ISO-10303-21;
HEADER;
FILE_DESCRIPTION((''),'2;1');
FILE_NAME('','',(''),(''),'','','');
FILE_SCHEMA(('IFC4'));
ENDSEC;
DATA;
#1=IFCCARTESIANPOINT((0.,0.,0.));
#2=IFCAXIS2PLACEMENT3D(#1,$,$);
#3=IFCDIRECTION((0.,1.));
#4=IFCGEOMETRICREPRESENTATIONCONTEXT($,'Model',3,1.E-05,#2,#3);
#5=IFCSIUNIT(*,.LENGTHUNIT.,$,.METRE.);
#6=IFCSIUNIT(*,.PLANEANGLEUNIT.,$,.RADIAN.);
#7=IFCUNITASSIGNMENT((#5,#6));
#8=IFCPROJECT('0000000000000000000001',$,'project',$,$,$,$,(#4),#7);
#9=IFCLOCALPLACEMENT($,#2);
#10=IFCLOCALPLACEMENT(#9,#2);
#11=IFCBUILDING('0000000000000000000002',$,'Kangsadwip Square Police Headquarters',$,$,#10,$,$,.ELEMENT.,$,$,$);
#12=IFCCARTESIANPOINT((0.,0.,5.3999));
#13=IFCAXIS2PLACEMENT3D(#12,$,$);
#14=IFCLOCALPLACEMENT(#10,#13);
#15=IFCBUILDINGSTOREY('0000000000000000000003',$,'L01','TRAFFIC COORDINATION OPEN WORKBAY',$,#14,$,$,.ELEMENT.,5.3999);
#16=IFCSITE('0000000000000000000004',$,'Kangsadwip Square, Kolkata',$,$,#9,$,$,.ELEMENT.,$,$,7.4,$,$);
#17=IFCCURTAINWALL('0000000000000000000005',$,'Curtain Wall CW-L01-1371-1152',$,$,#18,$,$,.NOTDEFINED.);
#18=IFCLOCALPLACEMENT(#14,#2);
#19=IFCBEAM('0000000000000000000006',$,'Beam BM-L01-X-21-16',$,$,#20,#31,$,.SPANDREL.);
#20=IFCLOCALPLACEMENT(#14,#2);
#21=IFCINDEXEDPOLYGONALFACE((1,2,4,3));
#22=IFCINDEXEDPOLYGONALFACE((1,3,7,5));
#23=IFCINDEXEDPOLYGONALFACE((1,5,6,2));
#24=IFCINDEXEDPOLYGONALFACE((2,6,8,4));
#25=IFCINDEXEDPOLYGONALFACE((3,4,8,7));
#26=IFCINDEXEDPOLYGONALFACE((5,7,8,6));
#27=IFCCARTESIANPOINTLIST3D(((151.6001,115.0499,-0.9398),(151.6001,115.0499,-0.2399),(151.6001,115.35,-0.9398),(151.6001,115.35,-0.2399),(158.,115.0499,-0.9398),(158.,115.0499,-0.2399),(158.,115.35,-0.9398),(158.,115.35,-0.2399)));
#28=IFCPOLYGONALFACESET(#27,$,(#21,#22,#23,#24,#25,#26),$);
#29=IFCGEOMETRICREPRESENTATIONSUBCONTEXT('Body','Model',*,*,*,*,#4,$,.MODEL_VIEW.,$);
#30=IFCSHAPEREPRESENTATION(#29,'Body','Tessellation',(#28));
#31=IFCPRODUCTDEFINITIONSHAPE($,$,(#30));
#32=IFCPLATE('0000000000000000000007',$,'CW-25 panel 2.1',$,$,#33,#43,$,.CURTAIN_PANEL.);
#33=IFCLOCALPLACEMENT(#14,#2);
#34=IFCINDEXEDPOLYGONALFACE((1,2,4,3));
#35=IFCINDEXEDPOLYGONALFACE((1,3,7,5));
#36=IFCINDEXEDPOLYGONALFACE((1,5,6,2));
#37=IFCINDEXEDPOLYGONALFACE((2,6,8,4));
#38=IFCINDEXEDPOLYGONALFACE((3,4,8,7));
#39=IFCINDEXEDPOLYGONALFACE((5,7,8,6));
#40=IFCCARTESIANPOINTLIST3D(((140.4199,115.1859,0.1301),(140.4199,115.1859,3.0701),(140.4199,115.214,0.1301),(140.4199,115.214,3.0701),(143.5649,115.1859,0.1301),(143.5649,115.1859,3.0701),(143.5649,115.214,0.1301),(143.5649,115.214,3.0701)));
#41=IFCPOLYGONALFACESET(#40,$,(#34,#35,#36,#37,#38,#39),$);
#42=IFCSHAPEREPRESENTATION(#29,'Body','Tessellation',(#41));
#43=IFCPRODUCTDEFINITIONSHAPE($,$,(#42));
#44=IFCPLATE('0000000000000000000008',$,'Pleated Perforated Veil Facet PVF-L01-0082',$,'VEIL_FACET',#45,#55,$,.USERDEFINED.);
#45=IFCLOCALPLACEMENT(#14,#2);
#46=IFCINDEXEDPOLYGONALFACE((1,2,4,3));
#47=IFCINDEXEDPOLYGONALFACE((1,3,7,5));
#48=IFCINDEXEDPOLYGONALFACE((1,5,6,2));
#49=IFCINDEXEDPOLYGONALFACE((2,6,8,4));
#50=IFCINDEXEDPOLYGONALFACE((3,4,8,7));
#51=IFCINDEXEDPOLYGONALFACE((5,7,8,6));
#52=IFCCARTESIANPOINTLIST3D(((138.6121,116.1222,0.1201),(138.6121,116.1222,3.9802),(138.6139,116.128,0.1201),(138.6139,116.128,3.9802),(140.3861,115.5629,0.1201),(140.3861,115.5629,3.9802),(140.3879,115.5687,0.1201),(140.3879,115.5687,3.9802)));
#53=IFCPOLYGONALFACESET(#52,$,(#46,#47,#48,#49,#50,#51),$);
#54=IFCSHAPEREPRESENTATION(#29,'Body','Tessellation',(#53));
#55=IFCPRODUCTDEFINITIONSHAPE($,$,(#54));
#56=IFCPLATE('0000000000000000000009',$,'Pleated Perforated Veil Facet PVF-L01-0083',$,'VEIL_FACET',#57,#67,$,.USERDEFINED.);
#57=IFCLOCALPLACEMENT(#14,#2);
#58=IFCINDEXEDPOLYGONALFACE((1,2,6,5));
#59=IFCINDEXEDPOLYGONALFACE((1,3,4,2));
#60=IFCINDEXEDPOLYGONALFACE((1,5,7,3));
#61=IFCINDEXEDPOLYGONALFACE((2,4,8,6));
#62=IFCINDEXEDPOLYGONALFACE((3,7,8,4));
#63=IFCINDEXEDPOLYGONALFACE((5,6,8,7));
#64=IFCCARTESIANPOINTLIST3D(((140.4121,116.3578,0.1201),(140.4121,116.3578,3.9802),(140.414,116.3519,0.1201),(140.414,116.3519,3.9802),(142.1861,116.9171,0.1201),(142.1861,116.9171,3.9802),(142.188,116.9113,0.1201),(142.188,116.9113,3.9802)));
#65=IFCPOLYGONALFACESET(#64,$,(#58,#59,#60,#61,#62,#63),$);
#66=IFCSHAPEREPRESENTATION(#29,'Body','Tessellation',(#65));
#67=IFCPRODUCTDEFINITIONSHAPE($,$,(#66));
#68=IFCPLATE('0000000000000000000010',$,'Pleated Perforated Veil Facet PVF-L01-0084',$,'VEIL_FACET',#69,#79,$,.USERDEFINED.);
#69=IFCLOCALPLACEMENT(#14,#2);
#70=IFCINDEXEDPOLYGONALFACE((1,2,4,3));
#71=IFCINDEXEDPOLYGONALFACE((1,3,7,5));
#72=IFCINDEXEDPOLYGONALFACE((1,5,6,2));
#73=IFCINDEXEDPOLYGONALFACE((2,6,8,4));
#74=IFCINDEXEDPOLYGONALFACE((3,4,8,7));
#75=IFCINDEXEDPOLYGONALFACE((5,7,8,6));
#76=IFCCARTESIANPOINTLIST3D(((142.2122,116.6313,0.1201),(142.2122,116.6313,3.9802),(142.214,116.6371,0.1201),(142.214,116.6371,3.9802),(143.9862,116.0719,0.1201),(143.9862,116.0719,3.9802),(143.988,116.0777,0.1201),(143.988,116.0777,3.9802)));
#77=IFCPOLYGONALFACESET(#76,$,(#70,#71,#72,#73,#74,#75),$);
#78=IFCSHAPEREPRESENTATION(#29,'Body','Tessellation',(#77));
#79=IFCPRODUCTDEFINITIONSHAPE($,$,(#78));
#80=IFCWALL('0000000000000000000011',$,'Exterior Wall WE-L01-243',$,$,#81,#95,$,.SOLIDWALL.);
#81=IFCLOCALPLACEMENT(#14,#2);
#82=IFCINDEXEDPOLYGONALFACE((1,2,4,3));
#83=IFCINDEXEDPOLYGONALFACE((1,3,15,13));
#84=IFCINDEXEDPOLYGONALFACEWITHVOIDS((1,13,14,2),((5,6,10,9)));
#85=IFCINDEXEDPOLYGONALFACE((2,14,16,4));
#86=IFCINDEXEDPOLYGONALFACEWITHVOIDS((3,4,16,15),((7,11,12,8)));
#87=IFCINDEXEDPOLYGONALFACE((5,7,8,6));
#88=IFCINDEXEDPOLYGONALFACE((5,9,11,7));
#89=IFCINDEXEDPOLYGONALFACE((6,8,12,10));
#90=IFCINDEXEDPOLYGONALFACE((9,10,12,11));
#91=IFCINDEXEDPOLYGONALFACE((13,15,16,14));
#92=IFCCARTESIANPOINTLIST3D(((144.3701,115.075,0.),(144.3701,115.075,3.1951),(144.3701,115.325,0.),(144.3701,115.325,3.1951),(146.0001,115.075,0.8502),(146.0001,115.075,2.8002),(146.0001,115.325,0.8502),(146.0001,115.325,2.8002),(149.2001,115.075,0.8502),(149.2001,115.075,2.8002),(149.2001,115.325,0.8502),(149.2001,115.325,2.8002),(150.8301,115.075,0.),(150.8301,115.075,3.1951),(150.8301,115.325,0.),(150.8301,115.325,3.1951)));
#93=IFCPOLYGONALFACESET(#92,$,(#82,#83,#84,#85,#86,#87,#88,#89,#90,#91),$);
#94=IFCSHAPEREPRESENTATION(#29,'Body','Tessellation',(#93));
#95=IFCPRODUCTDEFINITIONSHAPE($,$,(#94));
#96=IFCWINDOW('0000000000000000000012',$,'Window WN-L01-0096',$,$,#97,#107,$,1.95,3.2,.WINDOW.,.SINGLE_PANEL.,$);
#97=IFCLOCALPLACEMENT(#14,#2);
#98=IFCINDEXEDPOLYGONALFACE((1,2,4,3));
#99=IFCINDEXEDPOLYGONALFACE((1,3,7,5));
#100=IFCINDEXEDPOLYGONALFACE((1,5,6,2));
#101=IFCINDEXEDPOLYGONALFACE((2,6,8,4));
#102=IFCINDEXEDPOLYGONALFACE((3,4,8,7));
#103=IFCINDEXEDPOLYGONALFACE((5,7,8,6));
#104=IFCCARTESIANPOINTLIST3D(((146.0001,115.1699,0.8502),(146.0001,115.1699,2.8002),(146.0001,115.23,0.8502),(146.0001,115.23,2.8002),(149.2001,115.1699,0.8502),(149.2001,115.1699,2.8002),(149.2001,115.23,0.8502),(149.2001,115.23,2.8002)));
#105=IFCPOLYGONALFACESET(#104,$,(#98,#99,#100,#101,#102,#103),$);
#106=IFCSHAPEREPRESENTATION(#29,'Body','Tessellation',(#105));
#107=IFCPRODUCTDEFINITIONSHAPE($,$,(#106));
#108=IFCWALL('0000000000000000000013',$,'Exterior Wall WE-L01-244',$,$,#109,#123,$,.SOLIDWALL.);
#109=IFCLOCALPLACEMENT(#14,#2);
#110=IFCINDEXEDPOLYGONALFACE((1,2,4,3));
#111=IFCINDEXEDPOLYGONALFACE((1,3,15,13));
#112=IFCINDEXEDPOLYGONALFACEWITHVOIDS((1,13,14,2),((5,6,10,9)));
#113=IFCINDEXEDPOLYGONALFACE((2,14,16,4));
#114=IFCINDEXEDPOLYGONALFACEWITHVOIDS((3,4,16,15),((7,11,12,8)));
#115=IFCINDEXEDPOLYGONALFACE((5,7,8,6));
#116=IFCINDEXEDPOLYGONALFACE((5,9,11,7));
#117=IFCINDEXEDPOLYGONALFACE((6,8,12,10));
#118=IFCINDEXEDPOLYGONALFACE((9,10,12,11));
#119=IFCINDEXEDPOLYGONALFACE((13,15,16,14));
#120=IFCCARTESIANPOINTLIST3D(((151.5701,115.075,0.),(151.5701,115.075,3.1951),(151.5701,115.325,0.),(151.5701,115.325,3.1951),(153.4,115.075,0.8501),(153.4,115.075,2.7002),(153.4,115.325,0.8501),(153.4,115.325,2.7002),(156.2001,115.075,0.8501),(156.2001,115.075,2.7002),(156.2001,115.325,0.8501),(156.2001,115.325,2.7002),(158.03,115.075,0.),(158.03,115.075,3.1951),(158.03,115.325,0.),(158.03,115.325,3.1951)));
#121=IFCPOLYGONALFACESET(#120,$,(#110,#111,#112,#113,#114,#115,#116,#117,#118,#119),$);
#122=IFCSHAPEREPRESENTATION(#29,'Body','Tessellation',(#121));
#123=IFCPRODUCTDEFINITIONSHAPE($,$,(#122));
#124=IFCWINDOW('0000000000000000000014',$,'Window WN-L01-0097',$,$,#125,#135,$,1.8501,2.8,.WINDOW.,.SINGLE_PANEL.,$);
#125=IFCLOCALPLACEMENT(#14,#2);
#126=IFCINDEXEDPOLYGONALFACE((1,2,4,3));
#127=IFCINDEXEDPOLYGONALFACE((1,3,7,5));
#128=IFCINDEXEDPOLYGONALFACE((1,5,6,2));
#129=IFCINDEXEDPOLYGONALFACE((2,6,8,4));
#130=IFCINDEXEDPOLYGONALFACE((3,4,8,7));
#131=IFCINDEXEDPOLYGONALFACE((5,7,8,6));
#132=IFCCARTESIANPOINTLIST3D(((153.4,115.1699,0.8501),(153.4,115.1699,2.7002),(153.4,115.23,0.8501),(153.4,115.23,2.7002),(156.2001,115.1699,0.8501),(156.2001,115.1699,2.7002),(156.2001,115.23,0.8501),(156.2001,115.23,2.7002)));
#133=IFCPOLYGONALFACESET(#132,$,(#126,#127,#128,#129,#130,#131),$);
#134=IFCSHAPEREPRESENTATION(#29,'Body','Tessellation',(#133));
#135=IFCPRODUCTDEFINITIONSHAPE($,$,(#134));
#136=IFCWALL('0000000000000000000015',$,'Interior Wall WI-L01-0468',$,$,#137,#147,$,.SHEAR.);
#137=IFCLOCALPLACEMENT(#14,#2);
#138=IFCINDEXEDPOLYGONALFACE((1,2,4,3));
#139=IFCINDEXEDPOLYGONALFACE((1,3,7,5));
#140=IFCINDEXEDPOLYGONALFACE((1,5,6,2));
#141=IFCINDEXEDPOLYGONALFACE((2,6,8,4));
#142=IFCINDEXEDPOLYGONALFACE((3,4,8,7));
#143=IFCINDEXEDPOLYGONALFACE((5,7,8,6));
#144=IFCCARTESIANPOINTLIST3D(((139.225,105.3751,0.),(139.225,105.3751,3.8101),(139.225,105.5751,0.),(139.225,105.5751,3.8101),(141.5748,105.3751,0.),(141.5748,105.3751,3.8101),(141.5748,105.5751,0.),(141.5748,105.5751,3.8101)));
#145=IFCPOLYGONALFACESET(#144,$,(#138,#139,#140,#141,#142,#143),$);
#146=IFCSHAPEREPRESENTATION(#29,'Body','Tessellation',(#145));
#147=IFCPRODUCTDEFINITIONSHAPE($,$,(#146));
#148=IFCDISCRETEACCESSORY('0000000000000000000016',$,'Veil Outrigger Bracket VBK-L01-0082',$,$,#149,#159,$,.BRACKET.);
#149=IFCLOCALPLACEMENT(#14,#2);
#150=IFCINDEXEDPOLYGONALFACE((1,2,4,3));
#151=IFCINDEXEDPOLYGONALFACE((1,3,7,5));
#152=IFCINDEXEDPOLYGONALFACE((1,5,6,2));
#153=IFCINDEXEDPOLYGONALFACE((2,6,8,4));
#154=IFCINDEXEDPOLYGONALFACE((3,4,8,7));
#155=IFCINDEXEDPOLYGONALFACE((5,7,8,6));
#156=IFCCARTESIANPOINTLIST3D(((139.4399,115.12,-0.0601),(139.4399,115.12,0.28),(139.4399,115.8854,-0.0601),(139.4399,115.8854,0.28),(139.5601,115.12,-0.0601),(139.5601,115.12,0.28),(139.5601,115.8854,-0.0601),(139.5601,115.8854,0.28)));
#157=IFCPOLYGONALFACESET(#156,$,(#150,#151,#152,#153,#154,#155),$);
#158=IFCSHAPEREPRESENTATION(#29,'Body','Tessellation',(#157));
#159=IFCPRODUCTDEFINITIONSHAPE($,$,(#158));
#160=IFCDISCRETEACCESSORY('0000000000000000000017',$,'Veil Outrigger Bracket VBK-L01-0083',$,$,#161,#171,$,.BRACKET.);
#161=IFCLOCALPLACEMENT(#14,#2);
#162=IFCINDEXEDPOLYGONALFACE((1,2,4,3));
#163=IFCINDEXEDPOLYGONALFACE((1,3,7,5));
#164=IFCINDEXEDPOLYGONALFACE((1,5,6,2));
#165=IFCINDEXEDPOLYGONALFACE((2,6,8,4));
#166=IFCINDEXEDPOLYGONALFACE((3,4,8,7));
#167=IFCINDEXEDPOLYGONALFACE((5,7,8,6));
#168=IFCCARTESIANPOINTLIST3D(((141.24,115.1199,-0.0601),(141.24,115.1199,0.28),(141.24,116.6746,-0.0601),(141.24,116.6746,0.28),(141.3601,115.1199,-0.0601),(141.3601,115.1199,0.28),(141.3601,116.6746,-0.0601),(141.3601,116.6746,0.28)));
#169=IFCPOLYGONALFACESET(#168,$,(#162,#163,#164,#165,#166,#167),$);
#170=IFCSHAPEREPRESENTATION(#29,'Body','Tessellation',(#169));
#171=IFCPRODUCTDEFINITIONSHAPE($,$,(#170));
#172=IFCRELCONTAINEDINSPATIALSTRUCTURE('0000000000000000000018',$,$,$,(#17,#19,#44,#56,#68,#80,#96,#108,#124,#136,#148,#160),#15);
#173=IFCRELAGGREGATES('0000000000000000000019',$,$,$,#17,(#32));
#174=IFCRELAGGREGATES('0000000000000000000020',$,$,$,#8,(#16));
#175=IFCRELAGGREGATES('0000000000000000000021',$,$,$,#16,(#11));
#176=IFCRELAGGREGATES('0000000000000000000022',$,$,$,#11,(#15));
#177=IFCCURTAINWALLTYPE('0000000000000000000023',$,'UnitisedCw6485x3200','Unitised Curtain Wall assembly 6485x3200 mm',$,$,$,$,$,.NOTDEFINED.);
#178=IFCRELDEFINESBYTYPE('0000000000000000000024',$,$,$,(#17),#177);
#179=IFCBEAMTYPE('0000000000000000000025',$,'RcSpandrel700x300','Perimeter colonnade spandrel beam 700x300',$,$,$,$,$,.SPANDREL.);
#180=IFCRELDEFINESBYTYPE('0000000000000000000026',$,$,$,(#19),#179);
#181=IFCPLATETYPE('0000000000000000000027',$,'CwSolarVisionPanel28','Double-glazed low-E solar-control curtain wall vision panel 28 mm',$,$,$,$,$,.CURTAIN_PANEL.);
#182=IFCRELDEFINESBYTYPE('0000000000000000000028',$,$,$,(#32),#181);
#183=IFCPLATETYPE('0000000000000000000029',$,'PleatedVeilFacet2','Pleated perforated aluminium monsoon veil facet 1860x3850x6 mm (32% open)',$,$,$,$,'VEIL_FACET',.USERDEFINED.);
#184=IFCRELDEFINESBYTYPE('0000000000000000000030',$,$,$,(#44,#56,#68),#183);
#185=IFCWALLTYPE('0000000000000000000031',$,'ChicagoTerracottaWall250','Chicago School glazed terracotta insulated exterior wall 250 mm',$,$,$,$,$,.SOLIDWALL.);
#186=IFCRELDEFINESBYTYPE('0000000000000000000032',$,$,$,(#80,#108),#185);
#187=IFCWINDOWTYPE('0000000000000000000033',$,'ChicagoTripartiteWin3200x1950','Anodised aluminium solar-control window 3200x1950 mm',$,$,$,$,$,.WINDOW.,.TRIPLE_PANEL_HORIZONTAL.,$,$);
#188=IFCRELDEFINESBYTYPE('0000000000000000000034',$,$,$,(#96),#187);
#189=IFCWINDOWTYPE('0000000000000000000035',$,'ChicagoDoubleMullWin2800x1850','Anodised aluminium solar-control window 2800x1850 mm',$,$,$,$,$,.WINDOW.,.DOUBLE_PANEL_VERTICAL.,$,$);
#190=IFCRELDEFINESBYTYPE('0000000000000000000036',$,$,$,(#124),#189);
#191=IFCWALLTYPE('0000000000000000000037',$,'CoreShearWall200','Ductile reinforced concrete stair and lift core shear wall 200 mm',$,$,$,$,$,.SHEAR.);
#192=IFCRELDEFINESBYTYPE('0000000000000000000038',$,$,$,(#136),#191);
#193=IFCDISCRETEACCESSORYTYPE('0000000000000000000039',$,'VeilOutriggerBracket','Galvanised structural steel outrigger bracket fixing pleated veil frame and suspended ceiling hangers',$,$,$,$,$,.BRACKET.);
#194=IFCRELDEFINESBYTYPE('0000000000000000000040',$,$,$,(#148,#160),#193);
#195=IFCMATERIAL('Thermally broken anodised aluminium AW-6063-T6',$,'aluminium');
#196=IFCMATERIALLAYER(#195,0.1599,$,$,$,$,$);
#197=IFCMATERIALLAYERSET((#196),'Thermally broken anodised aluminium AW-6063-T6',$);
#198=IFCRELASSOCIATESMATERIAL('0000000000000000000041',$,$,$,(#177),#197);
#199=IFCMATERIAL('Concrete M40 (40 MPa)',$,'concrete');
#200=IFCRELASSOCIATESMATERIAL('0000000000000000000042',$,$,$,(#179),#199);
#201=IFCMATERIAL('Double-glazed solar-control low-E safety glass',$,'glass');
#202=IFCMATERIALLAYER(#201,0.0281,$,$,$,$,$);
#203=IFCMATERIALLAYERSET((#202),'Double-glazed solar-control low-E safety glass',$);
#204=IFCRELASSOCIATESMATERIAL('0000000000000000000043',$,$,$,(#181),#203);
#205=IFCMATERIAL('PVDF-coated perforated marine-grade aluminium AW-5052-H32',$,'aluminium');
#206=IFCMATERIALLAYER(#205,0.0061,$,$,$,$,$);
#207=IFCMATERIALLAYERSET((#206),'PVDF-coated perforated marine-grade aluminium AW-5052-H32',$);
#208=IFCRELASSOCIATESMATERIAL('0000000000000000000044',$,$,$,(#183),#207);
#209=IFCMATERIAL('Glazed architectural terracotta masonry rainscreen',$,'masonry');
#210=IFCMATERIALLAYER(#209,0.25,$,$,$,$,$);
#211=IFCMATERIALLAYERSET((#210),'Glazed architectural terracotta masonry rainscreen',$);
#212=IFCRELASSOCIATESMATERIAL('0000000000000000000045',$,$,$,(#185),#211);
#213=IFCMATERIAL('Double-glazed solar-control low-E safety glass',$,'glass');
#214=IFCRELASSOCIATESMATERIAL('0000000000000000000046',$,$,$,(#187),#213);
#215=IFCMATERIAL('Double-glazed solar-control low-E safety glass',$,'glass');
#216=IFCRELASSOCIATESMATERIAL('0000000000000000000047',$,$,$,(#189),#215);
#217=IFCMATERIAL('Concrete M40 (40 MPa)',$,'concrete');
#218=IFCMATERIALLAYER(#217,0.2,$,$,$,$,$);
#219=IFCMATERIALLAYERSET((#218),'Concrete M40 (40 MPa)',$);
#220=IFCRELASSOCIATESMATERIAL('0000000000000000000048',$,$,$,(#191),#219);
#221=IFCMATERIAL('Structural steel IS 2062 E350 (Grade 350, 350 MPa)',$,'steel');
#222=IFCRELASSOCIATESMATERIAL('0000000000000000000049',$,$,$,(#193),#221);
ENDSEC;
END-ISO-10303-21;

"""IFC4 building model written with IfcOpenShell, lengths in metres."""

from ifc_helpers import new_model, si_unit, direction, frame, frame_2d, origin, origin_2d, place, context, subcontext, project, spatial, rectangle, extrude, material, layer, layer_set, material_profile, profile_set, type_object, element, fill, aggregate, save


model = new_model("IFC4")

# Units and contexts
model_context = context("Model", 3, precision=1e-05, world=origin(), true_north=direction((0.0, 1.0)))
body_context = subcontext(model_context, "Body", "Model", "MODEL_VIEW")
ifc_project = project(units=[si_unit("LENGTHUNIT", "METRE"), si_unit("PLANEANGLEUNIT", "RADIAN")], contexts=[model_context])

# Site, building, storey
site_placement = place(None, origin())
site = spatial("IfcSite", under=ifc_project, at=site_placement, Name="Kangsadwip Square, Kolkata", CompositionType="ELEMENT", RefElevation=7.4)
building_placement = place(site_placement, origin())
building = spatial("IfcBuilding", under=site, at=building_placement, Name="Kangsadwip Square Police Headquarters", CompositionType="ELEMENT")
storey_placement = place(building_placement, frame((0.0, 0.0, 5.3999)))
storey = spatial("IfcBuildingStorey", under=building, at=storey_placement, Name="L01", Description="TRAFFIC COORDINATION OPEN WORKBAY", CompositionType="ELEMENT", Elevation=5.3999)

# Curtain wall
ifc_material_1 = material(Name="Thermally broken anodised aluminium AW-6063-T6", Category="aluminium")
ifc_layer_1 = layer(ifc_material_1, 0.1599)
ifc_layer_set_1 = layer_set([ifc_layer_1], Name="Thermally broken anodised aluminium AW-6063-T6")
curtain_wall_type = type_object("IfcCurtainWallType", Name="UnitisedCw6485x3200", Description="Unitised Curtain Wall assembly 6485x3200 mm", PredefinedType="NOTDEFINED", material=ifc_layer_set_1)
curtain_wall_placement = place(storey_placement, origin())
curtain_wall = element("IfcCurtainWall", 1, at=curtain_wall_placement, inside=storey, type_object=curtain_wall_type, Name="Curtain Wall CW-L01-1371-1152", PredefinedType="NOTDEFINED")

# Beam
ifc_material_2 = material(Name="Concrete M40 (40 MPa)", Category="concrete")
ifc_material_profile_1 = material_profile(ifc_material_2, rectangle(XDim=0.3, YDim=0.7, at=origin_2d()), Name="RC SPN 700X300")
ifc_profile_set_1 = profile_set([ifc_material_profile_1], Name="Concrete M40 (40 MPa)")
beam_type_1 = type_object("IfcBeamType", Name="RcSpandrel700x300", Description="Perimeter colonnade spandrel beam 700x300", PredefinedType="SPANDREL", material=ifc_profile_set_1)
beam_1_placement = place(storey_placement, frame((151.6001, 115.2, -0.5898), z_axis=(1.0, 0.0, 0.0), x_axis=(0.0, 1.0, 0.0)))
element("IfcBeam", 2, at=beam_1_placement, inside=storey, type_object=beam_type_1, Name="Beam BM-L01-X-21-16", PredefinedType="SPANDREL", context=body_context, shape_type="SweptSolid", body=[
    extrude(rectangle(XDim=0.3, YDim=0.7, at=origin_2d()), origin(), (0.0, 0.0, 1.0), 6.3999),
])

# Plate
ifc_material_3 = material(Name="Double-glazed solar-control low-E safety glass", Category="glass")
ifc_layer_2 = layer(ifc_material_3, 0.0281)
ifc_layer_set_2 = layer_set([ifc_layer_2], Name="Double-glazed solar-control low-E safety glass")
plate_type_1 = type_object("IfcPlateType", Name="CwSolarVisionPanel28", Description="Double-glazed low-E solar-control curtain wall vision panel 28 mm", PredefinedType="CURTAIN_PANEL", material=ifc_layer_set_2)
plate_placement = place(storey_placement, frame((141.9924, 115.2, 0.1301), z_axis=(0.0, 0.0, 1.0), x_axis=(1.0, 0.0, 0.0)))
plate = element("IfcPlate", 3, at=plate_placement, type_object=plate_type_1, Name="CW-25 panel 2.1", PredefinedType="CURTAIN_PANEL", context=body_context, shape_type="SweptSolid", body=[
    extrude(rectangle(XDim=3.145, YDim=0.0281, at=origin_2d()), origin(), (0.0, 0.0, 1.0), 2.9399),
])
aggregate(curtain_wall, [plate])

# Plates
ifc_material_4 = material(Name="PVDF-coated perforated marine-grade aluminium AW-5052-H32", Category="aluminium")
ifc_layer_3 = layer(ifc_material_4, 0.0061)
ifc_layer_set_3 = layer_set([ifc_layer_3], Name="PVDF-coated perforated marine-grade aluminium AW-5052-H32")
plate_type_2 = type_object("IfcPlateType", Name="PleatedVeilFacet2", Description="Pleated perforated aluminium monsoon veil facet 1860x3850x6 mm (32% open)", ElementType="VEIL_FACET", PredefinedType="USERDEFINED", material=ifc_layer_set_3)
for number, where, z_axis, x_axis, name in (
    (4, (139.5, 115.8455, 0.1201), (0.0, 0.0, 1.0), (0.953717, -0.300706, 0.0), "Pleated Perforated Veil Facet PVF-L01-0082"),
    (5, (141.3, 116.6345, 0.1201), (0.0, 0.0, 1.0), (0.953717, 0.300706, 0.0), "Pleated Perforated Veil Facet PVF-L01-0083"),
    (6, (143.1001, 116.3545, 0.1201), (0.0, 0.0, 1.0), (0.953717, -0.300706, 0.0), "Pleated Perforated Veil Facet PVF-L01-0084"),
):
    element("IfcPlate", number, at=place(storey_placement, frame(where, z_axis=z_axis, x_axis=x_axis)), inside=storey, type_object=plate_type_2, Name=name, ObjectType="VEIL_FACET", PredefinedType="USERDEFINED", context=body_context, shape_type="SweptSolid", body=[
        extrude(rectangle(XDim=1.8601, YDim=0.0061, at=origin_2d()), origin(), (0.0, 0.0, 1.0), 3.8601),
    ])

# Walls, openings, windows
ifc_material_5 = material(Name="Glazed architectural terracotta masonry rainscreen", Category="masonry")
ifc_layer_4 = layer(ifc_material_5, 0.25)
ifc_layer_set_4 = layer_set([ifc_layer_4], Name="Glazed architectural terracotta masonry rainscreen")
wall_type_1 = type_object("IfcWallType", Name="ChicagoTerracottaWall250", Description="Chicago School glazed terracotta insulated exterior wall 250 mm", PredefinedType="SOLIDWALL", material=ifc_layer_set_4)
wall_1_placement = place(storey_placement, frame((144.3701, 115.2, 0.0), z_axis=(0.0, 0.0, 1.0), x_axis=(1.0, 0.0, 0.0)))
wall_1 = element("IfcWall", 7, at=wall_1_placement, inside=storey, type_object=wall_type_1, Name="Exterior Wall WE-L01-243", PredefinedType="SOLIDWALL", context=body_context, shape_type="SweptSolid", body=[
    extrude(rectangle(XDim=6.46, YDim=0.25, at=frame_2d((3.23, 0.0))), origin(), (0.0, 0.0, 1.0), 3.1951),
])
opening_1_placement = place(wall_1_placement, frame((1.6299, 0.0, 0.8501)))
opening_1 = element("IfcOpeningElement", 8, at=opening_1_placement, cuts=wall_1, PredefinedType="OPENING", context=body_context, shape_type="SweptSolid", body=[
    extrude(rectangle(XDim=3.2, YDim=1.95, at=frame_2d((1.6001, 0.9751))), frame((0.0, 0.135, 0.0), z_axis=(0.0, -1.0, 0.0), x_axis=(1.0, 0.0, 0.0)), (0.0, 0.0, 1.0), 0.27),
])
ifc_material_6 = material(Name="Double-glazed solar-control low-E safety glass", Category="glass")
window_type_1 = type_object("IfcWindowType", Name="ChicagoTripartiteWin3200x1950", Description="Anodised aluminium solar-control window 3200x1950 mm", PartitioningType="TRIPLE_PANEL_HORIZONTAL", PredefinedType="WINDOW", material=ifc_material_6)
window_1_placement = place(opening_1_placement, origin())
window_1 = element("IfcWindow", 9, at=window_1_placement, inside=storey, type_object=window_type_1, Name="Window WN-L01-0096", OverallHeight=1.95, OverallWidth=3.2, PartitioningType="SINGLE_PANEL", PredefinedType="WINDOW", context=body_context, shape_type="SweptSolid", body=[
    extrude(rectangle(XDim=3.2, YDim=1.95, at=frame_2d((1.6001, 0.9751))), frame((0.0, 0.03, 0.0), z_axis=(0.0, -1.0, 0.0), x_axis=(1.0, 0.0, 0.0)), (0.0, 0.0, 1.0), 0.0601),
])
fill(opening_1, window_1)
wall_2_placement = place(storey_placement, frame((151.5701, 115.2, 0.0), z_axis=(0.0, 0.0, 1.0), x_axis=(1.0, 0.0, 0.0)))
wall_2 = element("IfcWall", 10, at=wall_2_placement, inside=storey, type_object=wall_type_1, Name="Exterior Wall WE-L01-244", PredefinedType="SOLIDWALL", context=body_context, shape_type="SweptSolid", body=[
    extrude(rectangle(XDim=6.46, YDim=0.25, at=frame_2d((3.23, 0.0))), origin(), (0.0, 0.0, 1.0), 3.1951),
])
opening_2_placement = place(wall_2_placement, frame((1.8301, 0.0, 0.8501)))
opening_2 = element("IfcOpeningElement", 11, at=opening_2_placement, cuts=wall_2, PredefinedType="OPENING", context=body_context, shape_type="SweptSolid", body=[
    extrude(rectangle(XDim=2.8, YDim=1.8501, at=frame_2d((1.3999, 0.925))), frame((0.0, 0.135, 0.0), z_axis=(0.0, -1.0, 0.0), x_axis=(1.0, 0.0, 0.0)), (0.0, 0.0, 1.0), 0.27),
])
ifc_material_7 = material(Name="Double-glazed solar-control low-E safety glass", Category="glass")
window_type_2 = type_object("IfcWindowType", Name="ChicagoDoubleMullWin2800x1850", Description="Anodised aluminium solar-control window 2800x1850 mm", PartitioningType="DOUBLE_PANEL_VERTICAL", PredefinedType="WINDOW", material=ifc_material_7)
window_2_placement = place(opening_2_placement, origin())
window_2 = element("IfcWindow", 12, at=window_2_placement, inside=storey, type_object=window_type_2, Name="Window WN-L01-0097", OverallHeight=1.8501, OverallWidth=2.8, PartitioningType="SINGLE_PANEL", PredefinedType="WINDOW", context=body_context, shape_type="SweptSolid", body=[
    extrude(rectangle(XDim=2.8, YDim=1.8501, at=frame_2d((1.3999, 0.925))), frame((0.0, 0.03, 0.0), z_axis=(0.0, -1.0, 0.0), x_axis=(1.0, 0.0, 0.0)), (0.0, 0.0, 1.0), 0.0601),
])
fill(opening_2, window_2)

# Wall
ifc_material_8 = material(Name="Concrete M40 (40 MPa)", Category="concrete")
ifc_layer_5 = layer(ifc_material_8, 0.2)
ifc_layer_set_5 = layer_set([ifc_layer_5], Name="Concrete M40 (40 MPa)")
wall_type_2 = type_object("IfcWallType", Name="CoreShearWall200", Description="Ductile reinforced concrete stair and lift core shear wall 200 mm", PredefinedType="SHEAR", material=ifc_layer_set_5)
wall_3_placement = place(storey_placement, frame((139.2251, 105.4751, 0.0), z_axis=(0.0, 0.0, 1.0), x_axis=(1.0, 0.0, 0.0)))
element("IfcWall", 13, at=wall_3_placement, inside=storey, type_object=wall_type_2, Name="Interior Wall WI-L01-0468", PredefinedType="SHEAR", context=body_context, shape_type="SweptSolid", body=[
    extrude(rectangle(XDim=2.3499, YDim=0.2, at=frame_2d((1.1748, 0.0))), origin(), (0.0, 0.0, 1.0), 3.8101),
])

# Discrete accessories
ifc_material_9 = material(Name="Structural steel IS 2062 E350 (Grade 350, 350 MPa)", Category="steel")
discrete_accessory_type = type_object("IfcDiscreteAccessoryType", Name="VeilOutriggerBracket", Description="Galvanised structural steel outrigger bracket fixing pleated veil frame and suspended ceiling hangers", PredefinedType="BRACKET", material=ifc_material_9)
discrete_accessory_1_placement = place(storey_placement, frame((139.5, 115.5027, -0.0601), z_axis=(0.0, 0.0, 1.0), x_axis=(1.0, 0.0, 0.0)))
element("IfcDiscreteAccessory", 14, at=discrete_accessory_1_placement, inside=storey, type_object=discrete_accessory_type, Name="Veil Outrigger Bracket VBK-L01-0082", PredefinedType="BRACKET", context=body_context, shape_type="SweptSolid", body=[
    extrude(rectangle(XDim=0.1201, YDim=0.7654, at=origin_2d()), origin(), (0.0, 0.0, 1.0), 0.3401),
])
discrete_accessory_2_placement = place(storey_placement, frame((141.3, 115.8972, -0.0601), z_axis=(0.0, 0.0, 1.0), x_axis=(1.0, 0.0, 0.0)))
element("IfcDiscreteAccessory", 15, at=discrete_accessory_2_placement, inside=storey, type_object=discrete_accessory_type, Name="Veil Outrigger Bracket VBK-L01-0083", PredefinedType="BRACKET", context=body_context, shape_type="SweptSolid", body=[
    extrude(rectangle(XDim=0.1201, YDim=1.5547, at=origin_2d()), origin(), (0.0, 0.0, 1.0), 0.3401),
])

save(model, "model.ifc")
